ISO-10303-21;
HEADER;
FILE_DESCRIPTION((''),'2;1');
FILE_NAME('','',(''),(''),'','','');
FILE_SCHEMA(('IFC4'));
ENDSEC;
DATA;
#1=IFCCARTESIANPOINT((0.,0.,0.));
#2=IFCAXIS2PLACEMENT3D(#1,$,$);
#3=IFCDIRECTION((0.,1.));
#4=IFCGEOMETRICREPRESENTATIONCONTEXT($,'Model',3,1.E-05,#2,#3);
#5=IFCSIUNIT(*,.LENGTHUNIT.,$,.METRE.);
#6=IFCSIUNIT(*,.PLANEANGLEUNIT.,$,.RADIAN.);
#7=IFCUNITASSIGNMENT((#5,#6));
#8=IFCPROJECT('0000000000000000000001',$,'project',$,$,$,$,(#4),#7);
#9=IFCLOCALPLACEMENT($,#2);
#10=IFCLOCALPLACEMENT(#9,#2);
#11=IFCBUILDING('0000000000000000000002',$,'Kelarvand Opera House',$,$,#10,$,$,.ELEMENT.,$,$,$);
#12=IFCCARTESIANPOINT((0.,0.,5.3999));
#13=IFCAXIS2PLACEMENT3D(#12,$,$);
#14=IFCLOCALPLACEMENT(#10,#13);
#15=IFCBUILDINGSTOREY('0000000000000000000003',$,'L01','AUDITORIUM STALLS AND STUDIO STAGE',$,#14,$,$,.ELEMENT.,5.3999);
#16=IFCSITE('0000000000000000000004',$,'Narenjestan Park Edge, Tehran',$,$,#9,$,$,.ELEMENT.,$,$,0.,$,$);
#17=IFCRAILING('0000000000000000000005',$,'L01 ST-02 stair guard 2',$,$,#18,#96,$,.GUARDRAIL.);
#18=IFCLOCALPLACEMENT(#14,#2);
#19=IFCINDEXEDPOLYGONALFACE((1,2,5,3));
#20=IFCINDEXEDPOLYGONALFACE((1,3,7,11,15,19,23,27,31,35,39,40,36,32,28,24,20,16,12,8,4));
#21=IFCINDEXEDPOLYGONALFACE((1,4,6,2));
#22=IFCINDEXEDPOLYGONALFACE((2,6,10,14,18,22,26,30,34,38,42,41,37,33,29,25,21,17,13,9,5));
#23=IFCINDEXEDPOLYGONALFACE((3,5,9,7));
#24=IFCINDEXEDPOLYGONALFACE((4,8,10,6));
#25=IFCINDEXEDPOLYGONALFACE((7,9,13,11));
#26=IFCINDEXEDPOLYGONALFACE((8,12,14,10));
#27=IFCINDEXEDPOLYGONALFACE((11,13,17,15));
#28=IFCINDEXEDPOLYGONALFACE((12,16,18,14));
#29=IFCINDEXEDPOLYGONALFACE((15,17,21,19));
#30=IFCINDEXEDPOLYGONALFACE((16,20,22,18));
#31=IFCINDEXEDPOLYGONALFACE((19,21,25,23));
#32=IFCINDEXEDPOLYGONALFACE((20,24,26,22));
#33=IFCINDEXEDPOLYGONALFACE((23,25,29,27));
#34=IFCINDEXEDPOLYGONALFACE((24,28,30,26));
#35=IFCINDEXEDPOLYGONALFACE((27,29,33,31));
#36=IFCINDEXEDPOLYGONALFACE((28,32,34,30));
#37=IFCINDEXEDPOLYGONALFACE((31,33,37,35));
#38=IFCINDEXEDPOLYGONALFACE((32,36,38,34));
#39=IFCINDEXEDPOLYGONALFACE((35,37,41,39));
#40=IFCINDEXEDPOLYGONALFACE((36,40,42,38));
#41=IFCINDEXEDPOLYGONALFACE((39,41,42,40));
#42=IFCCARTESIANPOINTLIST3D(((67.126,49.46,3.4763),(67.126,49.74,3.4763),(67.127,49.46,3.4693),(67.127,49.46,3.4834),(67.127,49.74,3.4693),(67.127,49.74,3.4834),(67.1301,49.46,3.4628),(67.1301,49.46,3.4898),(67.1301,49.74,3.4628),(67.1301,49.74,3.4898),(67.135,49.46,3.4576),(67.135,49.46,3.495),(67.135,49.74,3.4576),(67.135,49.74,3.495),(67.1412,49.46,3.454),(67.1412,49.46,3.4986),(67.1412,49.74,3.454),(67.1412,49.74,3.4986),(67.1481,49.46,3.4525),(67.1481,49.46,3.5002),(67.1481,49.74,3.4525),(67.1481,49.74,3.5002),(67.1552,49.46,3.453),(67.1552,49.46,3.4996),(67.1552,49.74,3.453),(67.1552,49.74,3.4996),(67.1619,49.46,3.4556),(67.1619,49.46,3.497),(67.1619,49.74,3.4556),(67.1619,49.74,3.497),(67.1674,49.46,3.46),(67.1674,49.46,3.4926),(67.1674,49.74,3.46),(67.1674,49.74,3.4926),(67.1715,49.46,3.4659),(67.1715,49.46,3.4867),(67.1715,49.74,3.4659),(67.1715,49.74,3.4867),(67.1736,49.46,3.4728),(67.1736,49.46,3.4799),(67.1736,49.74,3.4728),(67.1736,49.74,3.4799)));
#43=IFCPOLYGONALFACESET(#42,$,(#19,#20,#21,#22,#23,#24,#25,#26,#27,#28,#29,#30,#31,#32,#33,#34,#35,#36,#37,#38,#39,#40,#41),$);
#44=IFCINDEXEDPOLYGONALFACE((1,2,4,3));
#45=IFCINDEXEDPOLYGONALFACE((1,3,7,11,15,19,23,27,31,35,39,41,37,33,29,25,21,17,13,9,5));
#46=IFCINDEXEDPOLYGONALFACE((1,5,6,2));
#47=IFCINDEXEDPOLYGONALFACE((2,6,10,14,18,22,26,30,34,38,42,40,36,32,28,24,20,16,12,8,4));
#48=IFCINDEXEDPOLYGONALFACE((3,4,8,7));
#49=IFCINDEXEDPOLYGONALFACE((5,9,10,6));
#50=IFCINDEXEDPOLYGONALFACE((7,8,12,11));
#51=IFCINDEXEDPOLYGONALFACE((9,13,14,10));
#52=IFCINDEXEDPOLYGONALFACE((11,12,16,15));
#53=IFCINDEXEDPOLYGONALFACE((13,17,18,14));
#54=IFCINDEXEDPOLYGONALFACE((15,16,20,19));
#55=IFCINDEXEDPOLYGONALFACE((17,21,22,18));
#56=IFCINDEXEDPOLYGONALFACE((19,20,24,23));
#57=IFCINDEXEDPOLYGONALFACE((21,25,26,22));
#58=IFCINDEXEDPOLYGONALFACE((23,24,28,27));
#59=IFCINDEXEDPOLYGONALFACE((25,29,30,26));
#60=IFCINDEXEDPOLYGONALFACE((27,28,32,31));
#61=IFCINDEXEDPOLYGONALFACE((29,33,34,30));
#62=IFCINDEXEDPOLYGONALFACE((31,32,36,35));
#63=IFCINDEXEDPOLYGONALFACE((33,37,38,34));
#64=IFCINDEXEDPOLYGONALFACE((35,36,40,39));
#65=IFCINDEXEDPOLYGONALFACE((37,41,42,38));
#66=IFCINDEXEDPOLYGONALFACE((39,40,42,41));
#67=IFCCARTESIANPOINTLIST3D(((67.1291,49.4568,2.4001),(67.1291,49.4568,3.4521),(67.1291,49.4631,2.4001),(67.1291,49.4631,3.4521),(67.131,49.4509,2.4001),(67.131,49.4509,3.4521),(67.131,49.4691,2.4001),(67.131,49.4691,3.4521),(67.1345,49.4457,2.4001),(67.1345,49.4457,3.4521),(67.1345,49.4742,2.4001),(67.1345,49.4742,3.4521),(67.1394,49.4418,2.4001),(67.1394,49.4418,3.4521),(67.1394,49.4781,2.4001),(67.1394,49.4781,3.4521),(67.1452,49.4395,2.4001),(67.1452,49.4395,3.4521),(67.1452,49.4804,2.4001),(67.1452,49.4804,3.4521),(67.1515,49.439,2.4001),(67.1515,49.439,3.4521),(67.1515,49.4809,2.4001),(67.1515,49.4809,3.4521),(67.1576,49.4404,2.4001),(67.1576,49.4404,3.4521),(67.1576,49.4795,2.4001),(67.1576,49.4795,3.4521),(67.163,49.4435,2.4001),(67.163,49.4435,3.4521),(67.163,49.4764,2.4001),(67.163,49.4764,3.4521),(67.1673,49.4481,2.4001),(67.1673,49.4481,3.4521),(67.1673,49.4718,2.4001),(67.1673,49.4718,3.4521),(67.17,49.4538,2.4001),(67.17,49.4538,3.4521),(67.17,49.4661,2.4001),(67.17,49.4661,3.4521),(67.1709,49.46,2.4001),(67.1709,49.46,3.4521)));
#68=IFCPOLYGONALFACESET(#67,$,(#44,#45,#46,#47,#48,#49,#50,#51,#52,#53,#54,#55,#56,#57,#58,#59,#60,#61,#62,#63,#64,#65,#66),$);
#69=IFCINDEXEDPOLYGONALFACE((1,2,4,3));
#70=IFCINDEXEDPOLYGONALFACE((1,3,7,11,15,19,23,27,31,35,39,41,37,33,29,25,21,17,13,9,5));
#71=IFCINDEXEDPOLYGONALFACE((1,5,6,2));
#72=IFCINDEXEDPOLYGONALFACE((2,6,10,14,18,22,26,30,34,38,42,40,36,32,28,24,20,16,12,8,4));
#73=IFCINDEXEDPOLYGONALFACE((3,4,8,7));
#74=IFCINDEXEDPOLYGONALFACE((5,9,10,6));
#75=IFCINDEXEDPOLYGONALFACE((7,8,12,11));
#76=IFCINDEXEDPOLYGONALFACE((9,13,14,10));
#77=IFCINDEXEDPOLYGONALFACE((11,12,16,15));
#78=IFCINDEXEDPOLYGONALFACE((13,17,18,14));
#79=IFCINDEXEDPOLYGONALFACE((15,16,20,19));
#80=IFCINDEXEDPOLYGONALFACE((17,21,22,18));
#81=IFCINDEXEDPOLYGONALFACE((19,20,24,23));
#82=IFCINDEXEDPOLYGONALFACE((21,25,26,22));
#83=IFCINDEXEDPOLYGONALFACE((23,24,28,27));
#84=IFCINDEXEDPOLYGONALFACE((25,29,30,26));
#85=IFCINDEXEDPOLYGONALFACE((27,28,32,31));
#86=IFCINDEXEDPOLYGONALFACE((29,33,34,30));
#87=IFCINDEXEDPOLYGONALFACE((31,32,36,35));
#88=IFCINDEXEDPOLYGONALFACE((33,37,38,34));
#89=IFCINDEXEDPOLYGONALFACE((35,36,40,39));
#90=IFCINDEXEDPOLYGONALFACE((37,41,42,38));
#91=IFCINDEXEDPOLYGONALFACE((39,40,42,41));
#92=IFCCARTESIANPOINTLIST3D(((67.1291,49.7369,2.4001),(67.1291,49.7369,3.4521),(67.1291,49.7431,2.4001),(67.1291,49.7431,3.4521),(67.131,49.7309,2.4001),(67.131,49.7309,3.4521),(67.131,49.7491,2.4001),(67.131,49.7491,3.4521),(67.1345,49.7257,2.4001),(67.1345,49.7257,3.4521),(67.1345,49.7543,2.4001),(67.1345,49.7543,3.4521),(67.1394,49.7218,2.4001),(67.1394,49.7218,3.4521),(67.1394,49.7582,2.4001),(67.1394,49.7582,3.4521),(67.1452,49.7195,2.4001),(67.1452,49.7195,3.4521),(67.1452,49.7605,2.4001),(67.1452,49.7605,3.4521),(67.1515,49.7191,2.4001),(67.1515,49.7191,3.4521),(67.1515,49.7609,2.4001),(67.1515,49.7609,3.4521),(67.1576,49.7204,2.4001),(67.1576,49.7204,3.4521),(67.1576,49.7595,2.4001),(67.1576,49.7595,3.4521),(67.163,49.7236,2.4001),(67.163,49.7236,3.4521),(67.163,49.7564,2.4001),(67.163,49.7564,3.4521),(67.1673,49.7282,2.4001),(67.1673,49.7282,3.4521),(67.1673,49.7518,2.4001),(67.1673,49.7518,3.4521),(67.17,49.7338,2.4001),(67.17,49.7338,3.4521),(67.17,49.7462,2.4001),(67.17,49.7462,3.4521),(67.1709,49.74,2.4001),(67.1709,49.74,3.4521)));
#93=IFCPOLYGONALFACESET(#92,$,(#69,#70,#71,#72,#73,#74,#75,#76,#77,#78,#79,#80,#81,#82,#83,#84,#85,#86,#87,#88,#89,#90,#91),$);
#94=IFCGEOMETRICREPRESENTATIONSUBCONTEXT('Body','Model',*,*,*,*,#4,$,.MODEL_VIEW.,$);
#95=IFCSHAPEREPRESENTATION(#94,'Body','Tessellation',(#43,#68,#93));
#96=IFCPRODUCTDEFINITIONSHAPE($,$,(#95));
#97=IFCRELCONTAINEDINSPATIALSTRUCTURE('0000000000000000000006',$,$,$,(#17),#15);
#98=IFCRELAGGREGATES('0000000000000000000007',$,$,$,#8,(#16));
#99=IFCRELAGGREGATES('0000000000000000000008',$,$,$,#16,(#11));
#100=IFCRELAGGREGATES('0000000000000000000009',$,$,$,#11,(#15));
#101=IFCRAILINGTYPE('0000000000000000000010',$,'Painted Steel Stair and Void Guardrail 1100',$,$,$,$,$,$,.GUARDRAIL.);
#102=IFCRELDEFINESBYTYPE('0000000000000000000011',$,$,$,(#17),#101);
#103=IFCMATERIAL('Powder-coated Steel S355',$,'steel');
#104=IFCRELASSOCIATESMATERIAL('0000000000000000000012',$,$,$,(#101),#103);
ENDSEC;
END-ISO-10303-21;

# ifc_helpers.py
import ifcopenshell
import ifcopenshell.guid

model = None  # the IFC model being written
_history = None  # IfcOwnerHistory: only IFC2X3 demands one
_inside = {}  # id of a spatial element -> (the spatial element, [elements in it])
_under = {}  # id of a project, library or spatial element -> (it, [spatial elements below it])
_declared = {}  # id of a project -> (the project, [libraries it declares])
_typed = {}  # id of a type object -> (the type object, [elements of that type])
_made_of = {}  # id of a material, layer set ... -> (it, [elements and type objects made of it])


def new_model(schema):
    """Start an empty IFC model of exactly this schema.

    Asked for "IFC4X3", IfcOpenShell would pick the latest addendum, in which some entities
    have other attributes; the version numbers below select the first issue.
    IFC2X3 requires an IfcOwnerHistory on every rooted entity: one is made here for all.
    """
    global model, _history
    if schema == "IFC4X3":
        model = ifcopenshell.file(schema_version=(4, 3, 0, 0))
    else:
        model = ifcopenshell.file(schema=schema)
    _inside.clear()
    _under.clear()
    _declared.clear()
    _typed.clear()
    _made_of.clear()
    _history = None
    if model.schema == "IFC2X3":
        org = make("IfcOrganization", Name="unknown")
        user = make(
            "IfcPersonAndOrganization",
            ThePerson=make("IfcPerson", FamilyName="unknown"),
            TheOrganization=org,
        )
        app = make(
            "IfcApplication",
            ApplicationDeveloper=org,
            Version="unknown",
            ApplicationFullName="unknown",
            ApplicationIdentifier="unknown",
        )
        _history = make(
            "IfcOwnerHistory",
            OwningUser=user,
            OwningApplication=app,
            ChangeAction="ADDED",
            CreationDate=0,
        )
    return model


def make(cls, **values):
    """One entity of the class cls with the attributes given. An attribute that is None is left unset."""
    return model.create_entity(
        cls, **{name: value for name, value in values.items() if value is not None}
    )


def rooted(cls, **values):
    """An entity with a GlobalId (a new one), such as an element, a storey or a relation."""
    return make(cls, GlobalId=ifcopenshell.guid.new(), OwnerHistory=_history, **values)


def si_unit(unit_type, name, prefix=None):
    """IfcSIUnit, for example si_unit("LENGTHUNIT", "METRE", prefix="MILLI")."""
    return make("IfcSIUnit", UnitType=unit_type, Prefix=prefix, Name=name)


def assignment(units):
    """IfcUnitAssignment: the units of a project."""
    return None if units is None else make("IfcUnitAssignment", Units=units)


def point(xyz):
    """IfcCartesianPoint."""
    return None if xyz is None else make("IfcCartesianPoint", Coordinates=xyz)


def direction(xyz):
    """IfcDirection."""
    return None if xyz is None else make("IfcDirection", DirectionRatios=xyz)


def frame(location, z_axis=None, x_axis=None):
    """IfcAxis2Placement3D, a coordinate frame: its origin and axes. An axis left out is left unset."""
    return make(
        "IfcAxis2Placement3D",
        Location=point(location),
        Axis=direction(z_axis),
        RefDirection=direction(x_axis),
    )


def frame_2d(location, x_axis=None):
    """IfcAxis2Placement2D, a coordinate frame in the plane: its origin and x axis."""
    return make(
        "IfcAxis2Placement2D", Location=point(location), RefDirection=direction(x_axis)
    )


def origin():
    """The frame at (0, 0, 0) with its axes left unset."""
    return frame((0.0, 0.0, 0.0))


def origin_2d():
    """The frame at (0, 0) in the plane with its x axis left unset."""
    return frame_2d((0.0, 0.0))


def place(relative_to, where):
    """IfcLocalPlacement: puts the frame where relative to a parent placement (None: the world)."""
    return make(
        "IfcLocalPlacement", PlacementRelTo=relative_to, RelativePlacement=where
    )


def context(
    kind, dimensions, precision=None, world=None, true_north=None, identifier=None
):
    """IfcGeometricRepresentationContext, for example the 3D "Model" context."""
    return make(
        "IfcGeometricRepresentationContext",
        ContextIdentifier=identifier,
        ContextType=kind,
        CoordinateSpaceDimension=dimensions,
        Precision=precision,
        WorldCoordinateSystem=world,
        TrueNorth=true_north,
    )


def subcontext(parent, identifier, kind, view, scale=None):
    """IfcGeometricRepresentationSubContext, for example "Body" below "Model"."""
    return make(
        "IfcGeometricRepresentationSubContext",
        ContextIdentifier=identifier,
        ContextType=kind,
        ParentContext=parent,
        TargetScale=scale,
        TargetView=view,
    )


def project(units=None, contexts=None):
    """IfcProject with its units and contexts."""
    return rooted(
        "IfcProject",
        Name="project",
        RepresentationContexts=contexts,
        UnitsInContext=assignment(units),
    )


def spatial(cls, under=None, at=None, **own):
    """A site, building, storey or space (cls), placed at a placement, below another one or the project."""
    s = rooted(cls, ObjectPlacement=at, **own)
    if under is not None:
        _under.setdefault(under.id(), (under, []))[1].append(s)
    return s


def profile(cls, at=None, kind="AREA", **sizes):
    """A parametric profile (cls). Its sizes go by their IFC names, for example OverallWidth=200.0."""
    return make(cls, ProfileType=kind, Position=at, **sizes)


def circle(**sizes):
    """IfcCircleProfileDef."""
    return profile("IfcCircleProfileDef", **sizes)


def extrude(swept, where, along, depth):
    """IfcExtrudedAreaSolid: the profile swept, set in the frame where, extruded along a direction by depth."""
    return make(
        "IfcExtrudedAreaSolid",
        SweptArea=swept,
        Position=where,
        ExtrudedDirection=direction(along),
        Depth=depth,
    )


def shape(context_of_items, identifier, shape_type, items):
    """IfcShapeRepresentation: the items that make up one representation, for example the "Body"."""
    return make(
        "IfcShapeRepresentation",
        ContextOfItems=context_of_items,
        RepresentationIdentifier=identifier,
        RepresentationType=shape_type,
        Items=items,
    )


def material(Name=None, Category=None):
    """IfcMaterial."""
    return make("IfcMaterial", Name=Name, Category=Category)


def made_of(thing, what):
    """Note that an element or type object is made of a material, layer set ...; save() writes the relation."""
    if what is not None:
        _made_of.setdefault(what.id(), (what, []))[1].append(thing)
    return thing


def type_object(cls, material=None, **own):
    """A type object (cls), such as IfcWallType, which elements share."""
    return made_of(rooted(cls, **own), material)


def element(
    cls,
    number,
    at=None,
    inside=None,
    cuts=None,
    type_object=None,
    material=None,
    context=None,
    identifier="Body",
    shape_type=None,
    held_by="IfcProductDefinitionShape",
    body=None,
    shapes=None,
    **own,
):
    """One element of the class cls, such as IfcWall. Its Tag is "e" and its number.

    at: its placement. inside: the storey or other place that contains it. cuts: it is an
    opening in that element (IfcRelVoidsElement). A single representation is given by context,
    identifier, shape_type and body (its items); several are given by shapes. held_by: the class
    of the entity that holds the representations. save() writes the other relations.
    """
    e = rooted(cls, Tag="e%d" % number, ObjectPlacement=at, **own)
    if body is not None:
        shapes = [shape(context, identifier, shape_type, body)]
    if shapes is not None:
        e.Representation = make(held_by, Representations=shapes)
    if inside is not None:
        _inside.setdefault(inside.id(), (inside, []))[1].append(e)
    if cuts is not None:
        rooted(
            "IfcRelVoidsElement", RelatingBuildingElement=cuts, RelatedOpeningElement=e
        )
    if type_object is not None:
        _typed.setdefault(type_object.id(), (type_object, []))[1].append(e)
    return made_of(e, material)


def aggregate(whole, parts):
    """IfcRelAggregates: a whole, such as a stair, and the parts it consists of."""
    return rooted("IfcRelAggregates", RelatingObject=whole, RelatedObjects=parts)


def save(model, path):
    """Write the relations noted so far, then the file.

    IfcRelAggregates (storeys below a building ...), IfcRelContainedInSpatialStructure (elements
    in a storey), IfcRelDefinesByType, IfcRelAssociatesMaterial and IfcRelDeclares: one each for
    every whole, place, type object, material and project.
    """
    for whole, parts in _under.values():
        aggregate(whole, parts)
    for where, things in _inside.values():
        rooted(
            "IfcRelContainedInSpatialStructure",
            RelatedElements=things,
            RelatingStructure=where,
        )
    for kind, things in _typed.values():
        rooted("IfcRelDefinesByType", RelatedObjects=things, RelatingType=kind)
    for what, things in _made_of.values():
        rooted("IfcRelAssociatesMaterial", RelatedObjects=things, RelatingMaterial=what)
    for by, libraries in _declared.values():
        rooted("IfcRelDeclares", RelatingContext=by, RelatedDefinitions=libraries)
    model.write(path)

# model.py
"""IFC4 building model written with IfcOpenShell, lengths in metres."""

from ifc_helpers import new_model, si_unit, direction, frame, origin, origin_2d, place, context, subcontext, project, spatial, circle, extrude, material, type_object, element, save


model = new_model("IFC4")

# Units and contexts
model_context = context("Model", 3, precision=1e-05, world=origin(), true_north=direction((0.0, 1.0)))
body_context = subcontext(model_context, "Body", "Model", "MODEL_VIEW")
ifc_project = project(units=[si_unit("LENGTHUNIT", "METRE"), si_unit("PLANEANGLEUNIT", "RADIAN")], contexts=[model_context])

# Site, building, storey
site_placement = place(None, origin())
site = spatial("IfcSite", under=ifc_project, at=site_placement, Name="Narenjestan Park Edge, Tehran", CompositionType="ELEMENT", RefElevation=0.0)
building_placement = place(site_placement, origin())
building = spatial("IfcBuilding", under=site, at=building_placement, Name="Kelarvand Opera House", CompositionType="ELEMENT")
storey_placement = place(building_placement, frame((0.0, 0.0, 5.3999)))
storey = spatial("IfcBuildingStorey", under=building, at=storey_placement, Name="L01", Description="AUDITORIUM STALLS AND STUDIO STAGE", CompositionType="ELEMENT", Elevation=5.3999)

# Railing
ifc_material_1 = material(Name="Powder-coated Steel S355", Category="steel")
railing_type_1 = type_object("IfcRailingType", Name="Painted Steel Stair and Void Guardrail 1100", PredefinedType="GUARDRAIL", material=ifc_material_1)
railing_1_placement = place(storey_placement, frame((67.1499, 49.46, 2.4001)))
element("IfcRailing", 1, at=railing_1_placement, inside=storey, type_object=railing_type_1, Name="L01 ST-02 stair guard 2", PredefinedType="GUARDRAIL", context=body_context, shape_type="SweptSolid", body=[
    extrude(circle(Radius=0.0239, at=origin_2d()), frame((0.0, 0.0, 1.0762), z_axis=(0.0, 1.0, 0.0), x_axis=(-1.0, 0.0, 0.0)), (0.0, 0.0, 1.0), 0.28),
    extrude(circle(Radius=0.021, at=origin_2d()), origin(), (0.0, 0.0, 1.0), 1.052),
    extrude(circle(Radius=0.021, at=origin_2d()), frame((0.0, 0.28, 0.0)), (0.0, 0.0, 1.0), 1.052),
])

save(model, "model.ifc")
